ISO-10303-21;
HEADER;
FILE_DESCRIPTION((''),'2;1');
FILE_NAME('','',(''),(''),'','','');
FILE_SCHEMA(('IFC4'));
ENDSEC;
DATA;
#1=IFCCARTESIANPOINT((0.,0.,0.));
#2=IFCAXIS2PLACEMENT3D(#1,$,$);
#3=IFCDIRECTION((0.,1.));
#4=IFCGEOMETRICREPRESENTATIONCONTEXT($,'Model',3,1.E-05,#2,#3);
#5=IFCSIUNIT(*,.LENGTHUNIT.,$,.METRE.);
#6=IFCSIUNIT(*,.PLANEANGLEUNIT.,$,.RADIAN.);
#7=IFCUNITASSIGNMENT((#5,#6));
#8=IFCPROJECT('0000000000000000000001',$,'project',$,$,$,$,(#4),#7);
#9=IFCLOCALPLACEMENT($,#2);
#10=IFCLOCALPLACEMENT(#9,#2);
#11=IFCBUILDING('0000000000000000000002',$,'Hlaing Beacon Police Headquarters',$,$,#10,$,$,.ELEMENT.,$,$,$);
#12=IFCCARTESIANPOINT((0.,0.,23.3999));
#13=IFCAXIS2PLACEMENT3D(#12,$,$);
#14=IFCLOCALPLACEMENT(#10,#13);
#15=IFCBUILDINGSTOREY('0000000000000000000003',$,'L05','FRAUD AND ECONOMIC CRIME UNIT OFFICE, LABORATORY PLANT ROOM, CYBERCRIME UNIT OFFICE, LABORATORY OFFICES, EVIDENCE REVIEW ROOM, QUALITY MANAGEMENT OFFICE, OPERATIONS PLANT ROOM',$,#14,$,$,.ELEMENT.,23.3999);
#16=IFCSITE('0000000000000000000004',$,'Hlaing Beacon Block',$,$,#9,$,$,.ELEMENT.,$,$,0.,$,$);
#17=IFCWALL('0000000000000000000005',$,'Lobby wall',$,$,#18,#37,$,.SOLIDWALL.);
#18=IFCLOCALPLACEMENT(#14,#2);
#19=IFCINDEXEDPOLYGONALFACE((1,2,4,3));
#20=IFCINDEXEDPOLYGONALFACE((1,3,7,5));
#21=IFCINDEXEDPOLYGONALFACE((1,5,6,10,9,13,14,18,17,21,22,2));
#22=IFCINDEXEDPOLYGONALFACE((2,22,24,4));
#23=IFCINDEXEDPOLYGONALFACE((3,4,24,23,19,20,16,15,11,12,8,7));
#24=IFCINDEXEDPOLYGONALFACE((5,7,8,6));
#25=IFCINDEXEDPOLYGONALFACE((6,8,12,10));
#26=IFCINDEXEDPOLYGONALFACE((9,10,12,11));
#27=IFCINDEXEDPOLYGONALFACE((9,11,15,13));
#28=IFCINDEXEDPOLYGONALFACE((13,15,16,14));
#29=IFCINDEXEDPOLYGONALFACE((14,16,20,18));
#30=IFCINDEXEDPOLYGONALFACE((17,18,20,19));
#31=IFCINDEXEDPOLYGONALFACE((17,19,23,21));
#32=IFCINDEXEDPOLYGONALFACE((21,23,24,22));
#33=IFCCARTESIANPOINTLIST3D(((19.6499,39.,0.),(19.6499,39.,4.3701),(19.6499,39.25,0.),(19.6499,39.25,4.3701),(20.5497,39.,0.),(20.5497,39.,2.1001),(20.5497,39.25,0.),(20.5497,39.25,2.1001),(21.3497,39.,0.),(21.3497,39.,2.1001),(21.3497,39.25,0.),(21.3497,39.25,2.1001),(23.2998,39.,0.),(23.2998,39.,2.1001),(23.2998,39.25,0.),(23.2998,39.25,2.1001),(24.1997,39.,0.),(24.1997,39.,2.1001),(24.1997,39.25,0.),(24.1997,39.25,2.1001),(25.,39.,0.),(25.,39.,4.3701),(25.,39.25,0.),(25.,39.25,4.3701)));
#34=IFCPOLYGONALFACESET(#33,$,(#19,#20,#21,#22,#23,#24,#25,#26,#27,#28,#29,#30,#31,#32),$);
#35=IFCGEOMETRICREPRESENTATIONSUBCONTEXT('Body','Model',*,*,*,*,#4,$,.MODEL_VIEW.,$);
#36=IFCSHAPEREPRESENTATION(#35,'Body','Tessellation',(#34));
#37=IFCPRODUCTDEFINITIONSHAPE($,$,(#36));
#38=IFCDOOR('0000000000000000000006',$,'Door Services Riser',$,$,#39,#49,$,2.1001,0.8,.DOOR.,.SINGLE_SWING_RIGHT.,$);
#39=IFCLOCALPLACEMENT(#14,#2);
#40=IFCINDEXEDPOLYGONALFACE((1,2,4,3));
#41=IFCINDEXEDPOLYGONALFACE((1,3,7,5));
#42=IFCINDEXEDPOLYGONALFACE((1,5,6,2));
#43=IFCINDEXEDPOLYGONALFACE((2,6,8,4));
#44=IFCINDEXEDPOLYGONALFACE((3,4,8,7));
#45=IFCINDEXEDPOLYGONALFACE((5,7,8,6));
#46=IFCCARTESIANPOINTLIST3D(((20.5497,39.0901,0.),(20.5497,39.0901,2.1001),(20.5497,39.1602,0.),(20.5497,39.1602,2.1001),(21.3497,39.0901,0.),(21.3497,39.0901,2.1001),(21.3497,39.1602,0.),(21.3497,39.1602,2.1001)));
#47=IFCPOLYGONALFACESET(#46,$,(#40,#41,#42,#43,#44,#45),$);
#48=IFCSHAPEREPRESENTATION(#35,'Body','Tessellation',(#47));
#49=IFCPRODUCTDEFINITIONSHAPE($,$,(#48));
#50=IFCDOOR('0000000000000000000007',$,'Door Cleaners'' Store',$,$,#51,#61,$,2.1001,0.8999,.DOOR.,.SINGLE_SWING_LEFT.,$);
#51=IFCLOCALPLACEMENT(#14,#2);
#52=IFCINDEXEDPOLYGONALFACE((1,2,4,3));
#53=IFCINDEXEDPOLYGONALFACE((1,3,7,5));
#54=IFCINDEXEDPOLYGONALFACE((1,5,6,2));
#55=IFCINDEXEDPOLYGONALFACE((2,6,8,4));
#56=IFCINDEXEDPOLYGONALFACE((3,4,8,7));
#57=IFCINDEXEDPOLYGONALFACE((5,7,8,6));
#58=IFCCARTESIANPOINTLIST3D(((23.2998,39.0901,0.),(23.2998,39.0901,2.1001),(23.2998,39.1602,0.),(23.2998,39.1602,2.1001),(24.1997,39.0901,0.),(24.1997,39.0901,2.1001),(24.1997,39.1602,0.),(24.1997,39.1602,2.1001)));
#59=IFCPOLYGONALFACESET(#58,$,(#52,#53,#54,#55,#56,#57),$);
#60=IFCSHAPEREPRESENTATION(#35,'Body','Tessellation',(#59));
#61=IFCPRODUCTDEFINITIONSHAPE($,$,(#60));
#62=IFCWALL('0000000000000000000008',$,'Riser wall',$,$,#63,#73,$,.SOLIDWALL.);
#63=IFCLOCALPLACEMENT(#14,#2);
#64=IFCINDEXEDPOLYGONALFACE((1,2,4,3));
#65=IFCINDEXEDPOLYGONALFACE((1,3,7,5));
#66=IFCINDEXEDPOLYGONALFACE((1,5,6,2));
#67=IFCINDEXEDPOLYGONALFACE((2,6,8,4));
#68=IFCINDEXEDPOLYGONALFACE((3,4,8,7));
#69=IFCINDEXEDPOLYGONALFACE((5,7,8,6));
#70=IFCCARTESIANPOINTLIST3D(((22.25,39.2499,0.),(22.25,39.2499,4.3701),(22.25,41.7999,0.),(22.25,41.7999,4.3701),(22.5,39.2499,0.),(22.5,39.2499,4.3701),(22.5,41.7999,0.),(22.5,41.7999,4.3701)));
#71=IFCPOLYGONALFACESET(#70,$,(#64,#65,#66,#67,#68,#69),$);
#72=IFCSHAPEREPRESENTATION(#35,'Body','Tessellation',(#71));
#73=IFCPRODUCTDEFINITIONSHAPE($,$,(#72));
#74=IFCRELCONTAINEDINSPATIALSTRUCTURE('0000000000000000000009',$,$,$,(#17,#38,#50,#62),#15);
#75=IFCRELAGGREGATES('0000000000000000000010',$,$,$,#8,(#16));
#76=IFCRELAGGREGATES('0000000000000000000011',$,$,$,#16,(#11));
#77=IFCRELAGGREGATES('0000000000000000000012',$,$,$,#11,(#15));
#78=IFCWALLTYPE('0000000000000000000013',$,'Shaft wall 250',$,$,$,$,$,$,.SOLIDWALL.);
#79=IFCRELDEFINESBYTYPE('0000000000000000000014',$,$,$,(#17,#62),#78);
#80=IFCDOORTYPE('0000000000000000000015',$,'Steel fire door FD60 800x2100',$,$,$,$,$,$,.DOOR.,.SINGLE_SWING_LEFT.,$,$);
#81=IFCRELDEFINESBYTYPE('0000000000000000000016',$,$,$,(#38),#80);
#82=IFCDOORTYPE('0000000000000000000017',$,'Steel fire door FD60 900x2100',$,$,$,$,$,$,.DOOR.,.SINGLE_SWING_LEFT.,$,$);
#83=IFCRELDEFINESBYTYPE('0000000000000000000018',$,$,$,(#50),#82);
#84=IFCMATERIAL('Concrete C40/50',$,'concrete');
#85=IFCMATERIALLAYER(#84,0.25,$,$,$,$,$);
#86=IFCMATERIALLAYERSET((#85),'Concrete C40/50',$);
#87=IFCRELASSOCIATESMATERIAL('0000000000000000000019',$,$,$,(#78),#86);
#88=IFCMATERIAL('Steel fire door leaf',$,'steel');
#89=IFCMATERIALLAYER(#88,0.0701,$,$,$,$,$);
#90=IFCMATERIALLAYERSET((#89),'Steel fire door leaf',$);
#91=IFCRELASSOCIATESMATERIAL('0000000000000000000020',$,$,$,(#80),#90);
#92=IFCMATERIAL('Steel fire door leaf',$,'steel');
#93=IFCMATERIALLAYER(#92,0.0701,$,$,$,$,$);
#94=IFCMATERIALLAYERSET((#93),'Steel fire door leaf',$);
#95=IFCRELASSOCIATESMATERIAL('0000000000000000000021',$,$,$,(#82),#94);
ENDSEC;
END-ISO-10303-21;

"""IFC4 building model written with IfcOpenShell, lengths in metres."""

from ifc_helpers import new_model, si_unit, direction, frame, frame_2d, origin, place, context, subcontext, project, spatial, rectangle, extrude, material, layer, layer_set, type_object, element, fill, save


model = new_model("IFC4")

# Units and contexts
model_context = context("Model", 3, precision=1e-05, world=origin(), true_north=direction((0.0, 1.0)))
body_context = subcontext(model_context, "Body", "Model", "MODEL_VIEW")
ifc_project = project(units=[si_unit("LENGTHUNIT", "METRE"), si_unit("PLANEANGLEUNIT", "RADIAN")], contexts=[model_context])

# Site, building, storey
site_placement = place(None, origin())
site = spatial("IfcSite", under=ifc_project, at=site_placement, Name="Hlaing Beacon Block", CompositionType="ELEMENT", RefElevation=0.0)
building_placement = place(site_placement, origin())
building = spatial("IfcBuilding", under=site, at=building_placement, Name="Hlaing Beacon Police Headquarters", CompositionType="ELEMENT")
storey_placement = place(building_placement, frame((0.0, 0.0, 23.3999)))
storey = spatial("IfcBuildingStorey", under=building, at=storey_placement, Name="L05", Description="FRAUD AND ECONOMIC CRIME UNIT OFFICE, LABORATORY PLANT ROOM, CYBERCRIME UNIT OFFICE, LABORATORY OFFICES, EVIDENCE REVIEW ROOM, QUALITY MANAGEMENT OFFICE, OPERATIONS PLANT ROOM", CompositionType="ELEMENT", Elevation=23.3999)

# Shared definitions
ifc_material_1 = material(Name="Concrete C40/50", Category="concrete")
ifc_layer_1 = layer(ifc_material_1, 0.25)
ifc_layer_set_1 = layer_set([ifc_layer_1], Name="Concrete C40/50")
wall_type_1 = type_object("IfcWallType", Name="Shaft wall 250", PredefinedType="SOLIDWALL", material=ifc_layer_set_1)

# Wall, openings, doors
wall_1_placement = place(storey_placement, frame((19.6499, 39.125, 0.0), z_axis=(0.0, 0.0, 1.0), x_axis=(1.0, 0.0, 0.0)))
wall_1 = element("IfcWall", 1, at=wall_1_placement, inside=storey, type_object=wall_type_1, Name="Lobby wall", PredefinedType="SOLIDWALL", context=body_context, shape_type="SweptSolid", body=[
    extrude(rectangle(XDim=5.3501, YDim=0.25, at=frame_2d((2.675, 0.0))), origin(), (0.0, 0.0, 1.0), 4.3701),
])
opening_1_placement = place(wall_1_placement, frame((3.6499, 0.0, 0.0)))
opening_1 = element("IfcOpeningElement", 2, at=opening_1_placement, cuts=wall_1, PredefinedType="OPENING", context=body_context, shape_type="SweptSolid", body=[
    extrude(rectangle(XDim=0.8999, YDim=2.1001, at=frame_2d((0.45, 1.05))), frame((0.0, 0.135, 0.0), z_axis=(0.0, -1.0, 0.0), x_axis=(1.0, 0.0, 0.0)), (0.0, 0.0, 1.0), 0.27),
])
opening_2_placement = place(wall_1_placement, frame((0.8999, 0.0, 0.0)))
opening_2 = element("IfcOpeningElement", 3, at=opening_2_placement, cuts=wall_1, PredefinedType="OPENING", context=body_context, shape_type="SweptSolid", body=[
    extrude(rectangle(XDim=0.8, YDim=2.1001, at=frame_2d((0.3999, 1.05))), frame((0.0, 0.135, 0.0), z_axis=(0.0, -1.0, 0.0), x_axis=(1.0, 0.0, 0.0)), (0.0, 0.0, 1.0), 0.27),
])
ifc_material_2 = material(Name="Steel fire door leaf", Category="steel")
ifc_layer_2 = layer(ifc_material_2, 0.0701)
ifc_layer_set_2 = layer_set([ifc_layer_2], Name="Steel fire door leaf")
door_type_1 = type_object("IfcDoorType", Name="Steel fire door FD60 800x2100", OperationType="SINGLE_SWING_LEFT", PredefinedType="DOOR", material=ifc_layer_set_2)
door_1_placement = place(opening_2_placement, origin())
door_1 = element("IfcDoor", 4, at=door_1_placement, inside=storey, type_object=door_type_1, Name="Door Services Riser", OperationType="SINGLE_SWING_RIGHT", OverallHeight=2.1001, OverallWidth=0.8, PredefinedType="DOOR", context=body_context, shape_type="SweptSolid", body=[
    extrude(rectangle(XDim=0.8, YDim=2.1001, at=frame_2d((0.3999, 1.05))), frame((0.0, 0.0352, 0.0), z_axis=(0.0, -1.0, 0.0), x_axis=(1.0, 0.0, 0.0)), (0.0, 0.0, 1.0), 0.0701),
])
fill(opening_2, door_1)
ifc_material_3 = material(Name="Steel fire door leaf", Category="steel")
ifc_layer_3 = layer(ifc_material_3, 0.0701)
ifc_layer_set_3 = layer_set([ifc_layer_3], Name="Steel fire door leaf")
door_type_2 = type_object("IfcDoorType", Name="Steel fire door FD60 900x2100", OperationType="SINGLE_SWING_LEFT", PredefinedType="DOOR", material=ifc_layer_set_3)
door_2_placement = place(opening_1_placement, origin())
door_2 = element("IfcDoor", 5, at=door_2_placement, inside=storey, type_object=door_type_2, Name="Door Cleaners' Store", OperationType="SINGLE_SWING_LEFT", OverallHeight=2.1001, OverallWidth=0.8999, PredefinedType="DOOR", context=body_context, shape_type="SweptSolid", body=[
    extrude(rectangle(XDim=0.8999, YDim=2.1001, at=frame_2d((0.45, 1.05))), frame((0.0, 0.0352, 0.0), z_axis=(0.0, -1.0, 0.0), x_axis=(1.0, 0.0, 0.0)), (0.0, 0.0, 1.0), 0.0701),
])
fill(opening_1, door_2)

# Wall
wall_2_placement = place(storey_placement, frame((22.375, 39.25, 0.0), z_axis=(0.0, 0.0, 1.0), x_axis=(0.0, 1.0, 0.0)))
element("IfcWall", 6, at=wall_2_placement, inside=storey, type_object=wall_type_1, Name="Riser wall", PredefinedType="SOLIDWALL", context=body_context, shape_type="SweptSolid", body=[
    extrude(rectangle(XDim=2.55, YDim=0.25, at=frame_2d((1.2749, 0.0))), origin(), (0.0, 0.0, 1.0), 4.3701),
])

save(model, "model.ifc")
